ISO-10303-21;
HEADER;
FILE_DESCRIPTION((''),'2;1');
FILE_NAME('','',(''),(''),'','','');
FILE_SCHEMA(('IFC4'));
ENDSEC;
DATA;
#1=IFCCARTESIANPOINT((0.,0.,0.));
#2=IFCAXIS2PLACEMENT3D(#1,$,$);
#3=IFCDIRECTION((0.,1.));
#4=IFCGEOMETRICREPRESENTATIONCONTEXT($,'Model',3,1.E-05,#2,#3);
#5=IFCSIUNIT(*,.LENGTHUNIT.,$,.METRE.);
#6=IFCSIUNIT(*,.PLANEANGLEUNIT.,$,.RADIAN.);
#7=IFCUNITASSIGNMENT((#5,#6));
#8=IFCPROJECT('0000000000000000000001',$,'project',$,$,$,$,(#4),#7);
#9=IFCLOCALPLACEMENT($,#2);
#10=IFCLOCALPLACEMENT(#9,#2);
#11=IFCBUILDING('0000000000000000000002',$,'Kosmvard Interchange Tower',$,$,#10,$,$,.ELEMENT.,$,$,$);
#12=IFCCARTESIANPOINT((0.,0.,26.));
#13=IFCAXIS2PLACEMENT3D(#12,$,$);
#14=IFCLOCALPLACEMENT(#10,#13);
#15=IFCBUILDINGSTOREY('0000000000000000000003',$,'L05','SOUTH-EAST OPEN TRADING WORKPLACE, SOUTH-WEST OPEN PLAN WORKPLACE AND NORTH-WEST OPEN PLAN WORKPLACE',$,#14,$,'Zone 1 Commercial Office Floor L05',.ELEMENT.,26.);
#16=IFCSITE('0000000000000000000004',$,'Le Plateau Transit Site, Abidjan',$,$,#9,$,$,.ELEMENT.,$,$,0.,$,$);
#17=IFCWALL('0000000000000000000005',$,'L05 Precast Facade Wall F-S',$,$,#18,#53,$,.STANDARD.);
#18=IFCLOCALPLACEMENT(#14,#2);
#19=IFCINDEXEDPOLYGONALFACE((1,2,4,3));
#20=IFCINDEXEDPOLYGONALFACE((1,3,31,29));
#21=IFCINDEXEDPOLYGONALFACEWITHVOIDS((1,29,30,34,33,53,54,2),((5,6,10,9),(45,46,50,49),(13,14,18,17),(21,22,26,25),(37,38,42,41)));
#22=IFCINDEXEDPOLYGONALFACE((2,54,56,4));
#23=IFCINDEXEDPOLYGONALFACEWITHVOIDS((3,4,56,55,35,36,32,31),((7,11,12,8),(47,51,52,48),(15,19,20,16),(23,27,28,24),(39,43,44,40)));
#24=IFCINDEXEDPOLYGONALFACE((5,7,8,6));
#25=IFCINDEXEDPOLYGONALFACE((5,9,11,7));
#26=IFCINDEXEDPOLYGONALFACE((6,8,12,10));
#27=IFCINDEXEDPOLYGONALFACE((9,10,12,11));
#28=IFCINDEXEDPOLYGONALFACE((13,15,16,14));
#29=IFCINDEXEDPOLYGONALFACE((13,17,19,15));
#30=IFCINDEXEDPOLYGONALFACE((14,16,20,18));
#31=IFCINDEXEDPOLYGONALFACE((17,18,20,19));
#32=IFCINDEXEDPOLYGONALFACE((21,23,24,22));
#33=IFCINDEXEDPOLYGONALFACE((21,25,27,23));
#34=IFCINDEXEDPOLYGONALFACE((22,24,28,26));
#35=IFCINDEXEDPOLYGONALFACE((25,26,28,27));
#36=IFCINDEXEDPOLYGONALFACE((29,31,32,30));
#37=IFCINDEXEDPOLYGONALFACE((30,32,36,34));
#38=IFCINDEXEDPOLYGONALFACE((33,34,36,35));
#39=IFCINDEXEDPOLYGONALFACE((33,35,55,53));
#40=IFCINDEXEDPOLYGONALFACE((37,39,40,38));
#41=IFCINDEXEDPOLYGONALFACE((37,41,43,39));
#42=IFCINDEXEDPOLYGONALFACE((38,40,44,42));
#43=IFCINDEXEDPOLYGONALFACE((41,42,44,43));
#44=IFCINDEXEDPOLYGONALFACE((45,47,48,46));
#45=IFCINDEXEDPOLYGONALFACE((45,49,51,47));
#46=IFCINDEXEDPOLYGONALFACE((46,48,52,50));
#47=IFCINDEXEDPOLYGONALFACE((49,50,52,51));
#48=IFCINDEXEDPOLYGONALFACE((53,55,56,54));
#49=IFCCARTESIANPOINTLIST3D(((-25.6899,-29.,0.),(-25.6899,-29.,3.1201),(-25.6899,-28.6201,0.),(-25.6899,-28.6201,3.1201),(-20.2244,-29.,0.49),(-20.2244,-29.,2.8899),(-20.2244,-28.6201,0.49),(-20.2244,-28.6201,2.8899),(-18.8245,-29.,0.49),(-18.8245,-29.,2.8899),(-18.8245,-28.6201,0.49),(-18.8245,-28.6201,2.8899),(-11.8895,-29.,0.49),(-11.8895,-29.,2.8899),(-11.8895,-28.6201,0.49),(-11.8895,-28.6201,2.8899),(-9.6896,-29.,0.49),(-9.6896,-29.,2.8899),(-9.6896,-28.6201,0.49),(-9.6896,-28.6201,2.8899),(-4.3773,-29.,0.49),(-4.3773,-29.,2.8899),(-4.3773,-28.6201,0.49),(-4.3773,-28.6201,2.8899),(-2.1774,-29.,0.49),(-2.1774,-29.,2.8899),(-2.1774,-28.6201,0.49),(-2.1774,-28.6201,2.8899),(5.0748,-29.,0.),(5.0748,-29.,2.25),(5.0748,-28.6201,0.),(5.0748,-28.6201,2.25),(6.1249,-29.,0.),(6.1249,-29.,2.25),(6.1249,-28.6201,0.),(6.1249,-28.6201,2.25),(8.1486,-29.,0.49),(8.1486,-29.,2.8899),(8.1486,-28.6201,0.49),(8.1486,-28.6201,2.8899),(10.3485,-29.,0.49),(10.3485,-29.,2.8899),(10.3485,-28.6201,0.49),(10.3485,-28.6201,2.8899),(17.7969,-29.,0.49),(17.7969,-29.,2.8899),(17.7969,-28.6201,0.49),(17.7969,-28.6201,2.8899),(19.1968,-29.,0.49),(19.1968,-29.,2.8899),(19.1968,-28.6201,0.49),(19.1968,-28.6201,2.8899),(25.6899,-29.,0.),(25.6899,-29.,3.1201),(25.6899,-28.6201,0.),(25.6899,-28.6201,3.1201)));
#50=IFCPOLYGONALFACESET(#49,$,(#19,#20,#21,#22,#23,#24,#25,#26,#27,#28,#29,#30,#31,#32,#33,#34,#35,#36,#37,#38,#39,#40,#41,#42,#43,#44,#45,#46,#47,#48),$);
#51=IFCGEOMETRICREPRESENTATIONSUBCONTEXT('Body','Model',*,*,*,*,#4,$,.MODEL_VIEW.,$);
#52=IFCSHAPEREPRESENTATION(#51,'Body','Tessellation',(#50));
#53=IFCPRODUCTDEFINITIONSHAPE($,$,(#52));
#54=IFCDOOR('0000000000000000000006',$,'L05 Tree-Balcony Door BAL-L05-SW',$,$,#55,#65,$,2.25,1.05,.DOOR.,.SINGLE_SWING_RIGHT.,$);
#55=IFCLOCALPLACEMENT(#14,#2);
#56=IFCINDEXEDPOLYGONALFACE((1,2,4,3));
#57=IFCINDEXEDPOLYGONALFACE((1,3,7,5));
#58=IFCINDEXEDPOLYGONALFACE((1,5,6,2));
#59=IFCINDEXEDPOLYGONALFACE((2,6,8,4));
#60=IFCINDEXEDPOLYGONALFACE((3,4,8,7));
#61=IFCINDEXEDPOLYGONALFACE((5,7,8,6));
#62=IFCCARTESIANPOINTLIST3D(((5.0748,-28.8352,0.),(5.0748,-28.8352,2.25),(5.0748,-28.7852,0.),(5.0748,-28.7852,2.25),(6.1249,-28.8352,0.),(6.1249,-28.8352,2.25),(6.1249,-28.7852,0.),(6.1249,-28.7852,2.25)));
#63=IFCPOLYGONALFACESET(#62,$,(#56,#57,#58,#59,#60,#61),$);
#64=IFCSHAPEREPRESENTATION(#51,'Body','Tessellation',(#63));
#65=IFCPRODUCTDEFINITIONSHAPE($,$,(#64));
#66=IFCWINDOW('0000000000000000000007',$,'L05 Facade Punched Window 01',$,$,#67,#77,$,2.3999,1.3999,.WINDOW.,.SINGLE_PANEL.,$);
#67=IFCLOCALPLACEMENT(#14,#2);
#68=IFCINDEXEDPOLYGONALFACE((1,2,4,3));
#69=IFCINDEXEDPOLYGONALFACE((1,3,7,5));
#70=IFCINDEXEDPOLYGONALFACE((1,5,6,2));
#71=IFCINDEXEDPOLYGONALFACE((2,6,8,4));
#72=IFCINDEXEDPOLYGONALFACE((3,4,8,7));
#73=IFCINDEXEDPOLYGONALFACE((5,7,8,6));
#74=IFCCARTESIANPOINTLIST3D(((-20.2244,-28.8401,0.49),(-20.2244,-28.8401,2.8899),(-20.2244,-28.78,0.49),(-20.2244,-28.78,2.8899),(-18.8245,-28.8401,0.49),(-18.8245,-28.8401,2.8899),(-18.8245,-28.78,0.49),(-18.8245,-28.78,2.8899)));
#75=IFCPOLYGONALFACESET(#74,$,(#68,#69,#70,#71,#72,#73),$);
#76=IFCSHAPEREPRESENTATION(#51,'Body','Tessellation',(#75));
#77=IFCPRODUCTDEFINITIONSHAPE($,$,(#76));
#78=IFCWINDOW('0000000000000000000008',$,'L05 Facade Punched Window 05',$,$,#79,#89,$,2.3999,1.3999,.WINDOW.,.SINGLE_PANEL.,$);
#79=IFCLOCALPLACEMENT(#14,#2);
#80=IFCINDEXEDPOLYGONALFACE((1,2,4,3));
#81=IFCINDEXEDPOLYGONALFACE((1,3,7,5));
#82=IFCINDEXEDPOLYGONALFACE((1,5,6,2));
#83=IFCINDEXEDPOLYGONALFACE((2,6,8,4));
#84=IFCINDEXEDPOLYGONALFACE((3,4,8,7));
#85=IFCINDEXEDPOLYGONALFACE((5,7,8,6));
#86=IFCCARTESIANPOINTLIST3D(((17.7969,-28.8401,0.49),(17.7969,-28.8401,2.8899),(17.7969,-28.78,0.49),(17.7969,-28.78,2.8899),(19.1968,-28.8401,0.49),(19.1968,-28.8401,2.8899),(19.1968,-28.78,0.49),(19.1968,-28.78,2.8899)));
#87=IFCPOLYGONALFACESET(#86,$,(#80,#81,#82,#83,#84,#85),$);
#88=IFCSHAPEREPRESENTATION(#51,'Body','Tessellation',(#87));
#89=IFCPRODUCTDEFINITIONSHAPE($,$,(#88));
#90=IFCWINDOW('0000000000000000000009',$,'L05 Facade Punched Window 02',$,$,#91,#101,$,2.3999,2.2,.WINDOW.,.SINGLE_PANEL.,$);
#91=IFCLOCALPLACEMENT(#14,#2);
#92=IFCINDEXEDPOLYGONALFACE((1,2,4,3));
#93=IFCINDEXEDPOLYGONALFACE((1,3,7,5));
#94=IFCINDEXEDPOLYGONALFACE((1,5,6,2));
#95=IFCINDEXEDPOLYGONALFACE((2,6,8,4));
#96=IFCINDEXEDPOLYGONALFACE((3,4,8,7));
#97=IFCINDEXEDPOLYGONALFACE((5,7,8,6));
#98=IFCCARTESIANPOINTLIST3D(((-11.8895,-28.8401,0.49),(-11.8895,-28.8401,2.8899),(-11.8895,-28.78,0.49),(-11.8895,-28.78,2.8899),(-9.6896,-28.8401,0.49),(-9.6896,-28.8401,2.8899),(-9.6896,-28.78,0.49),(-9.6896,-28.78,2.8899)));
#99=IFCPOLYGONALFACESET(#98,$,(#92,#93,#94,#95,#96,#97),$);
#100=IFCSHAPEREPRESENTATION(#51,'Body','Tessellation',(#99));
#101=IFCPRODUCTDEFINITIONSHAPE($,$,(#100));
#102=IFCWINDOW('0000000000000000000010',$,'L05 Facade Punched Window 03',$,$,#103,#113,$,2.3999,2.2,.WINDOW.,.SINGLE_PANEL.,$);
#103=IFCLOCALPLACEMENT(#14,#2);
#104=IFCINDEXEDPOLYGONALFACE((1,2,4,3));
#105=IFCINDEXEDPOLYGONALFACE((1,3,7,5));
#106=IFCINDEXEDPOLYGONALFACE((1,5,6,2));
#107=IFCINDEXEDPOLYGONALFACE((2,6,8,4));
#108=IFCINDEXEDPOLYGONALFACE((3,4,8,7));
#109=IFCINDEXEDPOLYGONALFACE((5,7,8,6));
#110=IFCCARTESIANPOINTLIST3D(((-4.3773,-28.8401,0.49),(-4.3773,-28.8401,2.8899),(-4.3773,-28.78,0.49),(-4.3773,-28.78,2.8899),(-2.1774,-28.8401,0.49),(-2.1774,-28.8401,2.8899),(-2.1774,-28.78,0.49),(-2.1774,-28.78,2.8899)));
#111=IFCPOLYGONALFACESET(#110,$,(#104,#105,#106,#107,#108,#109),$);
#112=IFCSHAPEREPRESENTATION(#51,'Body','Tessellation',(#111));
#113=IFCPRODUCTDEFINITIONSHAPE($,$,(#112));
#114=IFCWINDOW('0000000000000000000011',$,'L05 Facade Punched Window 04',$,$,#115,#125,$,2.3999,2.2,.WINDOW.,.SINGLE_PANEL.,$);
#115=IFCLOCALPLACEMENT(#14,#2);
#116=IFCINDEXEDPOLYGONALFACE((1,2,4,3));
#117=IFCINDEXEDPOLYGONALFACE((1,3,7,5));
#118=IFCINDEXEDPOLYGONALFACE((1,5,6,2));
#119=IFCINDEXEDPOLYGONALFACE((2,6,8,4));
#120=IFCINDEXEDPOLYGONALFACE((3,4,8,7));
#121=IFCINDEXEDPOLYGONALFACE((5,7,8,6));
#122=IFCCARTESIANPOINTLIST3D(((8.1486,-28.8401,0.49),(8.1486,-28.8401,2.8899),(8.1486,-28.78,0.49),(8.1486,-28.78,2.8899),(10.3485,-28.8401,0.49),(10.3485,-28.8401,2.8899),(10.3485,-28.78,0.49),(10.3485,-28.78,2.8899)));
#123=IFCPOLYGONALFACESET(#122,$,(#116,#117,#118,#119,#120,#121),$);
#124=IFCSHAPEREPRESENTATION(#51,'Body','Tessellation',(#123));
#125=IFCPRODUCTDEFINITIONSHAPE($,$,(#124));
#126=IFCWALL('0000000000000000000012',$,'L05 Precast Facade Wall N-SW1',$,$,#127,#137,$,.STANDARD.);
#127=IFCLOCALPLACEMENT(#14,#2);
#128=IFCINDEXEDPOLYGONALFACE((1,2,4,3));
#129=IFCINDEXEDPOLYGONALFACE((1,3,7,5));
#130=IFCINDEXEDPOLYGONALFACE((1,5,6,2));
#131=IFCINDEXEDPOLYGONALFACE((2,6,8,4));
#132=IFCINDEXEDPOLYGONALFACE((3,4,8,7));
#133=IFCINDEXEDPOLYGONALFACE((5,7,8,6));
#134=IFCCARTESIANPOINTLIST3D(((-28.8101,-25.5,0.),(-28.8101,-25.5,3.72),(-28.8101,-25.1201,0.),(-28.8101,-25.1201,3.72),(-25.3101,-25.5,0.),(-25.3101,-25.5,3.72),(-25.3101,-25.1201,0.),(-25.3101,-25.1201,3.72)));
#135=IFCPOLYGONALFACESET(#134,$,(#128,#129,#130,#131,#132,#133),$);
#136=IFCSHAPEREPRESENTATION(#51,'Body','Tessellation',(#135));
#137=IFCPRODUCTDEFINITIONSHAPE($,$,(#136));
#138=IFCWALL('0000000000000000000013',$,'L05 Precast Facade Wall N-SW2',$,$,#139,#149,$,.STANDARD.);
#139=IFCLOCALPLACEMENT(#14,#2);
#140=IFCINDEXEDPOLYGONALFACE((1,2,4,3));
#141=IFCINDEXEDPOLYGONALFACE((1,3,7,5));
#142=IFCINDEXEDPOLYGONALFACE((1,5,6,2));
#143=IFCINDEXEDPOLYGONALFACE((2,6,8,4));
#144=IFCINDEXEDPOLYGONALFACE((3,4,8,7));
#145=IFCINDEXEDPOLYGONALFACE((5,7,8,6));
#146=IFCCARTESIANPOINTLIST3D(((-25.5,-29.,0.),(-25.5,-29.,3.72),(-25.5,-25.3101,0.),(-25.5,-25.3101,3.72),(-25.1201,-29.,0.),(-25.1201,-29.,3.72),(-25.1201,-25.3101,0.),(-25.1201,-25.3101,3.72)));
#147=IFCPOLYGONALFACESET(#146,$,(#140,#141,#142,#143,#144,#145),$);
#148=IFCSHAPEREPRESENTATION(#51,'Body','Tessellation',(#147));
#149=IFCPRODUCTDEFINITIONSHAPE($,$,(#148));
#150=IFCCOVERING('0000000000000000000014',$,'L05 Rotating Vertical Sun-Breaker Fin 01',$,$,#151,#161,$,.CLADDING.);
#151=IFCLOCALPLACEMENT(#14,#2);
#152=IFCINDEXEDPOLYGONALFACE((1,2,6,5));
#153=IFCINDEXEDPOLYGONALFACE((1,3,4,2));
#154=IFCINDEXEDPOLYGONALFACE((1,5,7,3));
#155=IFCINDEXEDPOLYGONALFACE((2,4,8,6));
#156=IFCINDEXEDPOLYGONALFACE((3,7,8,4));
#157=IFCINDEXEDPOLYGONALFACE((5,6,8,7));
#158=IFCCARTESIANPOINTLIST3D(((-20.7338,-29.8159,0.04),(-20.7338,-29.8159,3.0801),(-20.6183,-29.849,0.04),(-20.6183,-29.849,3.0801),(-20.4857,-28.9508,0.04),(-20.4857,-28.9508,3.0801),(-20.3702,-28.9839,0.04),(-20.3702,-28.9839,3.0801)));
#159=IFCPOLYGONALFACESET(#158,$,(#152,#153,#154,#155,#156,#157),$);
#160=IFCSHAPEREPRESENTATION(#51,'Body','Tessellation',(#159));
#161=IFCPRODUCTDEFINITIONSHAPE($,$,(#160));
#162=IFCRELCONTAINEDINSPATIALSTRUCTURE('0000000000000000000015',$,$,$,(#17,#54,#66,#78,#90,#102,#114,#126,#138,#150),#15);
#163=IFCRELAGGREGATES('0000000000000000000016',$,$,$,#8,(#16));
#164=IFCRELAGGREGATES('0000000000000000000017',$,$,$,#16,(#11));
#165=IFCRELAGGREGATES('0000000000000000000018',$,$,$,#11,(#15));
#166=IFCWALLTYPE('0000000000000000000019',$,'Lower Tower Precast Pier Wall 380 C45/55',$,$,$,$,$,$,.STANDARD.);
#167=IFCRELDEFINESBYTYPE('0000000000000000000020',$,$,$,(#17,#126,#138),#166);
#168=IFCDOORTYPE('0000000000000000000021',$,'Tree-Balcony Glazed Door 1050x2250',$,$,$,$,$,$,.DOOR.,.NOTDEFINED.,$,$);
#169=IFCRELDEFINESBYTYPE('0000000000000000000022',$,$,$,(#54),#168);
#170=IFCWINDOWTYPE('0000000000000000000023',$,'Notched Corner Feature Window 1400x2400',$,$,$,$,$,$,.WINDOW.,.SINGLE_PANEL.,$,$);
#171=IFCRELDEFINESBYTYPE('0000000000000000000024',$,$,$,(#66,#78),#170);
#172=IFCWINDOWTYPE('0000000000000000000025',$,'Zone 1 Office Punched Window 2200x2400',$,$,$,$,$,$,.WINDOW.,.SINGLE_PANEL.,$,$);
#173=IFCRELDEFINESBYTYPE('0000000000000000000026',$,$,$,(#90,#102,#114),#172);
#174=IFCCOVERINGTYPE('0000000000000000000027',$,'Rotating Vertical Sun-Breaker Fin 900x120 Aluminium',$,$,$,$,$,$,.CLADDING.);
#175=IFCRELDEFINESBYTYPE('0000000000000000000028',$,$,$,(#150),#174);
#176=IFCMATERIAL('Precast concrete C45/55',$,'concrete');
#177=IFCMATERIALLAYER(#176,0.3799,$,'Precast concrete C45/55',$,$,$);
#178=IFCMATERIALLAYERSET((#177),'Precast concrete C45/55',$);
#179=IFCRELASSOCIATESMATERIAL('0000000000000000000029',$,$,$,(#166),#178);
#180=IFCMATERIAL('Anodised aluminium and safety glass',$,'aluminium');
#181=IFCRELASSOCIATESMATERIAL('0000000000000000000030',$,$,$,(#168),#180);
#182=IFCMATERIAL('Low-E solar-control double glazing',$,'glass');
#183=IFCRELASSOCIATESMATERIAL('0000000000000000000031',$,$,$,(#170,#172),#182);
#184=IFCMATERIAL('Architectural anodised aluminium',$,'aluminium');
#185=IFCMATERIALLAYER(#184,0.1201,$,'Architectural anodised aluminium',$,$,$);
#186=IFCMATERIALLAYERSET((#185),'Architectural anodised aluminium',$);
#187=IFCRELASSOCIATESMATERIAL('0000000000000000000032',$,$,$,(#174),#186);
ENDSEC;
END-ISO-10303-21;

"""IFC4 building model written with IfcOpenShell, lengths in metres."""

from ifc_helpers import new_model, si_unit, direction, frame, frame_2d, origin, origin_2d, place, context, subcontext, project, spatial, rectangle, extrude, source, transform, mapped, material, layer, layer_set, type_object, element, fill, save


model = new_model("IFC4")

# Units and contexts
model_context = context("Model", 3, precision=1e-05, world=origin(), true_north=direction((0.0, 1.0)))
body_context = subcontext(model_context, "Body", "Model", "MODEL_VIEW")
ifc_project = project(units=[si_unit("LENGTHUNIT", "METRE"), si_unit("PLANEANGLEUNIT", "RADIAN")], contexts=[model_context])

# Site, building, storey
site_placement = place(None, origin())
site = spatial("IfcSite", under=ifc_project, at=site_placement, Name="Le Plateau Transit Site, Abidjan", CompositionType="ELEMENT", RefElevation=0.0)
building_placement = place(site_placement, origin())
building = spatial("IfcBuilding", under=site, at=building_placement, Name="Kosmvard Interchange Tower", CompositionType="ELEMENT")
storey_placement = place(building_placement, frame((0.0, 0.0, 26.0)))
storey = spatial("IfcBuildingStorey", under=building, at=storey_placement, Name="L05", Description="SOUTH-EAST OPEN TRADING WORKPLACE, SOUTH-WEST OPEN PLAN WORKPLACE AND NORTH-WEST OPEN PLAN WORKPLACE", LongName="Zone 1 Commercial Office Floor L05", CompositionType="ELEMENT", Elevation=26.0)

# Wall, openings, door, windows
ifc_material_1 = material(Name="Precast concrete C45/55", Category="concrete")
ifc_layer_1 = layer(ifc_material_1, 0.3799, Name="Precast concrete C45/55")
ifc_layer_set_1 = layer_set([ifc_layer_1], Name="Precast concrete C45/55")
wall_type = type_object("IfcWallType", Name="Lower Tower Precast Pier Wall 380 C45/55", PredefinedType="STANDARD", material=ifc_layer_set_1)
wall_1_placement = place(storey_placement, frame((-25.6899, -28.8101, 0.0), z_axis=(0.0, 0.0, 1.0), x_axis=(1.0, 0.0, 0.0)))
wall_1 = element("IfcWall", 1, at=wall_1_placement, inside=storey, type_object=wall_type, Name="L05 Precast Facade Wall F-S", PredefinedType="STANDARD", context=body_context, shape_type="SweptSolid", body=[
    extrude(rectangle(XDim=51.3799, YDim=0.3799, at=frame_2d((25.6899, 0.0))), origin(), (0.0, 0.0, 1.0), 3.1201),
])
opening_1_placement = place(wall_1_placement, frame((30.7649, 0.0, 0.0)))
opening_1 = element("IfcOpeningElement", 2, at=opening_1_placement, cuts=wall_1, PredefinedType="OPENING", context=body_context, shape_type="SweptSolid", body=[
    extrude(rectangle(XDim=1.05, YDim=2.25, at=frame_2d((0.5249, 1.125))), frame((0.0, 0.2, 0.0), z_axis=(0.0, -1.0, 0.0), x_axis=(1.0, 0.0, 0.0)), (0.0, 0.0, 1.0), 0.3999),
])
opening_2_placement = place(wall_1_placement, frame((5.4656, 0.0, 0.49)))
opening_2 = element("IfcOpeningElement", 3, at=opening_2_placement, cuts=wall_1, PredefinedType="OPENING", context=body_context, shape_type="SweptSolid", body=[
    extrude(rectangle(XDim=1.3999, YDim=2.3999, at=frame_2d((0.7, 1.2))), frame((0.0, 0.2, 0.0), z_axis=(0.0, -1.0, 0.0), x_axis=(1.0, 0.0, 0.0)), (0.0, 0.0, 1.0), 0.3999),
])
opening_3_placement = place(wall_1_placement, frame((13.8003, 0.0, 0.49)))
opening_3 = element("IfcOpeningElement", 4, at=opening_3_placement, cuts=wall_1, PredefinedType="OPENING", context=body_context, shape_type="SweptSolid", body=[
    extrude(rectangle(XDim=2.2, YDim=2.3999, at=frame_2d((1.1001, 1.2))), frame((0.0, 0.2, 0.0), z_axis=(0.0, -1.0, 0.0), x_axis=(1.0, 0.0, 0.0)), (0.0, 0.0, 1.0), 0.3999),
])
opening_4_placement = place(wall_1_placement, frame((21.3125, 0.0, 0.49)))
opening_4 = element("IfcOpeningElement", 5, at=opening_4_placement, cuts=wall_1, PredefinedType="OPENING", context=body_context, shape_type="SweptSolid", body=[
    extrude(rectangle(XDim=2.2, YDim=2.3999, at=frame_2d((1.1001, 1.2))), frame((0.0, 0.2, 0.0), z_axis=(0.0, -1.0, 0.0), x_axis=(1.0, 0.0, 0.0)), (0.0, 0.0, 1.0), 0.3999),
])
opening_5_placement = place(wall_1_placement, frame((33.8384, 0.0, 0.49)))
opening_5 = element("IfcOpeningElement", 6, at=opening_5_placement, cuts=wall_1, PredefinedType="OPENING", context=body_context, shape_type="SweptSolid", body=[
    extrude(rectangle(XDim=2.2, YDim=2.3999, at=frame_2d((1.1001, 1.2))), frame((0.0, 0.2, 0.0), z_axis=(0.0, -1.0, 0.0), x_axis=(1.0, 0.0, 0.0)), (0.0, 0.0, 1.0), 0.3999),
])
opening_6_placement = place(wall_1_placement, frame((43.4868, 0.0, 0.49)))
opening_6 = element("IfcOpeningElement", 7, at=opening_6_placement, cuts=wall_1, PredefinedType="OPENING", context=body_context, shape_type="SweptSolid", body=[
    extrude(rectangle(XDim=1.3999, YDim=2.3999, at=frame_2d((0.7, 1.2))), frame((0.0, 0.2, 0.0), z_axis=(0.0, -1.0, 0.0), x_axis=(1.0, 0.0, 0.0)), (0.0, 0.0, 1.0), 0.3999),
])
ifc_material_2 = material(Name="Anodised aluminium and safety glass", Category="aluminium")
door_type = type_object("IfcDoorType", Name="Tree-Balcony Glazed Door 1050x2250", OperationType="NOTDEFINED", PredefinedType="DOOR", material=ifc_material_2)
shared_shape_1 = source(origin(), body_context, "Body", "SweptSolid", [
    extrude(rectangle(XDim=1.05, YDim=2.25, at=frame_2d((0.5249, 1.125))), frame((0.0, 0.0249, 0.0), z_axis=(0.0, -1.0, 0.0), x_axis=(1.0, 0.0, 0.0)), (0.0, 0.0, 1.0), 0.05),
])
door_placement = place(opening_1_placement, origin())
door = element("IfcDoor", 8, at=door_placement, inside=storey, type_object=door_type, Name="L05 Tree-Balcony Door BAL-L05-SW", OperationType="SINGLE_SWING_RIGHT", OverallHeight=2.25, OverallWidth=1.05, PredefinedType="DOOR", context=body_context, shape_type="MappedRepresentation", body=[
    mapped(shared_shape_1, transform((0.0, 0.0, 0.0), scale=1.0)),
])
fill(opening_1, door)
ifc_material_3 = material(Name="Low-E solar-control double glazing", Category="glass")
window_type_1 = type_object("IfcWindowType", Name="Notched Corner Feature Window 1400x2400", PartitioningType="SINGLE_PANEL", PredefinedType="WINDOW", material=ifc_material_3)
shared_shape_2 = source(origin(), body_context, "Body", "SweptSolid", [
    extrude(rectangle(XDim=1.3999, YDim=2.3999, at=frame_2d((0.7, 1.2))), frame((0.0, 0.03, 0.0), z_axis=(0.0, -1.0, 0.0), x_axis=(1.0, 0.0, 0.0)), (0.0, 0.0, 1.0), 0.0601),
])
window_1_placement = place(opening_2_placement, origin())
window_1 = element("IfcWindow", 9, at=window_1_placement, inside=storey, type_object=window_type_1, Name="L05 Facade Punched Window 01", OverallHeight=2.3999, OverallWidth=1.3999, PartitioningType="SINGLE_PANEL", PredefinedType="WINDOW", context=body_context, shape_type="MappedRepresentation", body=[
    mapped(shared_shape_2, transform((0.0, 0.0, 0.0), scale=1.0)),
])
fill(opening_2, window_1)
window_2_placement = place(opening_6_placement, origin())
window_2 = element("IfcWindow", 10, at=window_2_placement, inside=storey, type_object=window_type_1, Name="L05 Facade Punched Window 05", OverallHeight=2.3999, OverallWidth=1.3999, PartitioningType="SINGLE_PANEL", PredefinedType="WINDOW", context=body_context, shape_type="MappedRepresentation", body=[
    mapped(shared_shape_2, transform((0.0, 0.0, 0.0), scale=1.0)),
])
fill(opening_6, window_2)
window_type_2 = type_object("IfcWindowType", Name="Zone 1 Office Punched Window 2200x2400", PartitioningType="SINGLE_PANEL", PredefinedType="WINDOW", material=ifc_material_3)
shared_shape_3 = source(origin(), body_context, "Body", "SweptSolid", [
    extrude(rectangle(XDim=2.2, YDim=2.3999, at=frame_2d((1.1001, 1.2))), frame((0.0, 0.03, 0.0), z_axis=(0.0, -1.0, 0.0), x_axis=(1.0, 0.0, 0.0)), (0.0, 0.0, 1.0), 0.0601),
])
window_3_placement = place(opening_3_placement, origin())
window_3 = element("IfcWindow", 11, at=window_3_placement, inside=storey, type_object=window_type_2, Name="L05 Facade Punched Window 02", OverallHeight=2.3999, OverallWidth=2.2, PartitioningType="SINGLE_PANEL", PredefinedType="WINDOW", context=body_context, shape_type="MappedRepresentation", body=[
    mapped(shared_shape_3, transform((0.0, 0.0, 0.0), scale=1.0)),
])
fill(opening_3, window_3)
window_4_placement = place(opening_4_placement, origin())
window_4 = element("IfcWindow", 12, at=window_4_placement, inside=storey, type_object=window_type_2, Name="L05 Facade Punched Window 03", OverallHeight=2.3999, OverallWidth=2.2, PartitioningType="SINGLE_PANEL", PredefinedType="WINDOW", context=body_context, shape_type="MappedRepresentation", body=[
    mapped(shared_shape_3, transform((0.0, 0.0, 0.0), scale=1.0)),
])
fill(opening_4, window_4)
window_5_placement = place(opening_5_placement, origin())
window_5 = element("IfcWindow", 13, at=window_5_placement, inside=storey, type_object=window_type_2, Name="L05 Facade Punched Window 04", OverallHeight=2.3999, OverallWidth=2.2, PartitioningType="SINGLE_PANEL", PredefinedType="WINDOW", context=body_context, shape_type="MappedRepresentation", body=[
    mapped(shared_shape_3, transform((0.0, 0.0, 0.0), scale=1.0)),
])
fill(opening_5, window_5)

# Walls
wall_2_placement = place(storey_placement, frame((-28.8101, -25.3101, 0.0), z_axis=(0.0, 0.0, 1.0), x_axis=(1.0, 0.0, 0.0)))
element("IfcWall", 14, at=wall_2_placement, inside=storey, type_object=wall_type, Name="L05 Precast Facade Wall N-SW1", PredefinedType="STANDARD", context=body_context, shape_type="SweptSolid", body=[
    extrude(rectangle(XDim=3.5, YDim=0.3799, at=frame_2d((1.75, 0.0))), origin(), (0.0, 0.0, 1.0), 3.72),
])
wall_3_placement = place(storey_placement, frame((-25.3101, -25.3101, 0.0), z_axis=(0.0, 0.0, 1.0), x_axis=(0.0, -1.0, 0.0)))
element("IfcWall", 15, at=wall_3_placement, inside=storey, type_object=wall_type, Name="L05 Precast Facade Wall N-SW2", PredefinedType="STANDARD", context=body_context, shape_type="SweptSolid", body=[
    extrude(rectangle(XDim=3.6899, YDim=0.3799, at=frame_2d((1.845, 0.0))), origin(), (0.0, 0.0, 1.0), 3.72),
])

# Covering
ifc_material_4 = material(Name="Architectural anodised aluminium", Category="aluminium")
ifc_layer_2 = layer(ifc_material_4, 0.1201, Name="Architectural anodised aluminium")
ifc_layer_set_2 = layer_set([ifc_layer_2], Name="Architectural anodised aluminium")
covering_type = type_object("IfcCoveringType", Name="Rotating Vertical Sun-Breaker Fin 900x120 Aluminium", PredefinedType="CLADDING", material=ifc_layer_set_2)
shared_shape_4 = source(origin(), body_context, "Body", "SweptSolid", [
    extrude(rectangle(XDim=0.8999, YDim=0.1201, at=origin_2d()), origin(), (0.0, 0.0, 1.0), 3.04),
])
for number, where, z_axis, x_axis, name in (
    (16, (-20.552, -29.3999, 0.04), (0.0, 0.0, 1.0), (-0.275637, -0.961262, 0.0), "L05 Rotating Vertical Sun-Breaker Fin 01"),
):
    element("IfcCovering", number, at=place(storey_placement, frame(where, z_axis=z_axis, x_axis=x_axis)), inside=storey, type_object=covering_type, Name=name, PredefinedType="CLADDING", context=body_context, shape_type="MappedRepresentation", body=[
        mapped(shared_shape_4, transform((0.0, 0.0, 0.0), scale=1.0)),
    ])

save(model, "model.ifc")
